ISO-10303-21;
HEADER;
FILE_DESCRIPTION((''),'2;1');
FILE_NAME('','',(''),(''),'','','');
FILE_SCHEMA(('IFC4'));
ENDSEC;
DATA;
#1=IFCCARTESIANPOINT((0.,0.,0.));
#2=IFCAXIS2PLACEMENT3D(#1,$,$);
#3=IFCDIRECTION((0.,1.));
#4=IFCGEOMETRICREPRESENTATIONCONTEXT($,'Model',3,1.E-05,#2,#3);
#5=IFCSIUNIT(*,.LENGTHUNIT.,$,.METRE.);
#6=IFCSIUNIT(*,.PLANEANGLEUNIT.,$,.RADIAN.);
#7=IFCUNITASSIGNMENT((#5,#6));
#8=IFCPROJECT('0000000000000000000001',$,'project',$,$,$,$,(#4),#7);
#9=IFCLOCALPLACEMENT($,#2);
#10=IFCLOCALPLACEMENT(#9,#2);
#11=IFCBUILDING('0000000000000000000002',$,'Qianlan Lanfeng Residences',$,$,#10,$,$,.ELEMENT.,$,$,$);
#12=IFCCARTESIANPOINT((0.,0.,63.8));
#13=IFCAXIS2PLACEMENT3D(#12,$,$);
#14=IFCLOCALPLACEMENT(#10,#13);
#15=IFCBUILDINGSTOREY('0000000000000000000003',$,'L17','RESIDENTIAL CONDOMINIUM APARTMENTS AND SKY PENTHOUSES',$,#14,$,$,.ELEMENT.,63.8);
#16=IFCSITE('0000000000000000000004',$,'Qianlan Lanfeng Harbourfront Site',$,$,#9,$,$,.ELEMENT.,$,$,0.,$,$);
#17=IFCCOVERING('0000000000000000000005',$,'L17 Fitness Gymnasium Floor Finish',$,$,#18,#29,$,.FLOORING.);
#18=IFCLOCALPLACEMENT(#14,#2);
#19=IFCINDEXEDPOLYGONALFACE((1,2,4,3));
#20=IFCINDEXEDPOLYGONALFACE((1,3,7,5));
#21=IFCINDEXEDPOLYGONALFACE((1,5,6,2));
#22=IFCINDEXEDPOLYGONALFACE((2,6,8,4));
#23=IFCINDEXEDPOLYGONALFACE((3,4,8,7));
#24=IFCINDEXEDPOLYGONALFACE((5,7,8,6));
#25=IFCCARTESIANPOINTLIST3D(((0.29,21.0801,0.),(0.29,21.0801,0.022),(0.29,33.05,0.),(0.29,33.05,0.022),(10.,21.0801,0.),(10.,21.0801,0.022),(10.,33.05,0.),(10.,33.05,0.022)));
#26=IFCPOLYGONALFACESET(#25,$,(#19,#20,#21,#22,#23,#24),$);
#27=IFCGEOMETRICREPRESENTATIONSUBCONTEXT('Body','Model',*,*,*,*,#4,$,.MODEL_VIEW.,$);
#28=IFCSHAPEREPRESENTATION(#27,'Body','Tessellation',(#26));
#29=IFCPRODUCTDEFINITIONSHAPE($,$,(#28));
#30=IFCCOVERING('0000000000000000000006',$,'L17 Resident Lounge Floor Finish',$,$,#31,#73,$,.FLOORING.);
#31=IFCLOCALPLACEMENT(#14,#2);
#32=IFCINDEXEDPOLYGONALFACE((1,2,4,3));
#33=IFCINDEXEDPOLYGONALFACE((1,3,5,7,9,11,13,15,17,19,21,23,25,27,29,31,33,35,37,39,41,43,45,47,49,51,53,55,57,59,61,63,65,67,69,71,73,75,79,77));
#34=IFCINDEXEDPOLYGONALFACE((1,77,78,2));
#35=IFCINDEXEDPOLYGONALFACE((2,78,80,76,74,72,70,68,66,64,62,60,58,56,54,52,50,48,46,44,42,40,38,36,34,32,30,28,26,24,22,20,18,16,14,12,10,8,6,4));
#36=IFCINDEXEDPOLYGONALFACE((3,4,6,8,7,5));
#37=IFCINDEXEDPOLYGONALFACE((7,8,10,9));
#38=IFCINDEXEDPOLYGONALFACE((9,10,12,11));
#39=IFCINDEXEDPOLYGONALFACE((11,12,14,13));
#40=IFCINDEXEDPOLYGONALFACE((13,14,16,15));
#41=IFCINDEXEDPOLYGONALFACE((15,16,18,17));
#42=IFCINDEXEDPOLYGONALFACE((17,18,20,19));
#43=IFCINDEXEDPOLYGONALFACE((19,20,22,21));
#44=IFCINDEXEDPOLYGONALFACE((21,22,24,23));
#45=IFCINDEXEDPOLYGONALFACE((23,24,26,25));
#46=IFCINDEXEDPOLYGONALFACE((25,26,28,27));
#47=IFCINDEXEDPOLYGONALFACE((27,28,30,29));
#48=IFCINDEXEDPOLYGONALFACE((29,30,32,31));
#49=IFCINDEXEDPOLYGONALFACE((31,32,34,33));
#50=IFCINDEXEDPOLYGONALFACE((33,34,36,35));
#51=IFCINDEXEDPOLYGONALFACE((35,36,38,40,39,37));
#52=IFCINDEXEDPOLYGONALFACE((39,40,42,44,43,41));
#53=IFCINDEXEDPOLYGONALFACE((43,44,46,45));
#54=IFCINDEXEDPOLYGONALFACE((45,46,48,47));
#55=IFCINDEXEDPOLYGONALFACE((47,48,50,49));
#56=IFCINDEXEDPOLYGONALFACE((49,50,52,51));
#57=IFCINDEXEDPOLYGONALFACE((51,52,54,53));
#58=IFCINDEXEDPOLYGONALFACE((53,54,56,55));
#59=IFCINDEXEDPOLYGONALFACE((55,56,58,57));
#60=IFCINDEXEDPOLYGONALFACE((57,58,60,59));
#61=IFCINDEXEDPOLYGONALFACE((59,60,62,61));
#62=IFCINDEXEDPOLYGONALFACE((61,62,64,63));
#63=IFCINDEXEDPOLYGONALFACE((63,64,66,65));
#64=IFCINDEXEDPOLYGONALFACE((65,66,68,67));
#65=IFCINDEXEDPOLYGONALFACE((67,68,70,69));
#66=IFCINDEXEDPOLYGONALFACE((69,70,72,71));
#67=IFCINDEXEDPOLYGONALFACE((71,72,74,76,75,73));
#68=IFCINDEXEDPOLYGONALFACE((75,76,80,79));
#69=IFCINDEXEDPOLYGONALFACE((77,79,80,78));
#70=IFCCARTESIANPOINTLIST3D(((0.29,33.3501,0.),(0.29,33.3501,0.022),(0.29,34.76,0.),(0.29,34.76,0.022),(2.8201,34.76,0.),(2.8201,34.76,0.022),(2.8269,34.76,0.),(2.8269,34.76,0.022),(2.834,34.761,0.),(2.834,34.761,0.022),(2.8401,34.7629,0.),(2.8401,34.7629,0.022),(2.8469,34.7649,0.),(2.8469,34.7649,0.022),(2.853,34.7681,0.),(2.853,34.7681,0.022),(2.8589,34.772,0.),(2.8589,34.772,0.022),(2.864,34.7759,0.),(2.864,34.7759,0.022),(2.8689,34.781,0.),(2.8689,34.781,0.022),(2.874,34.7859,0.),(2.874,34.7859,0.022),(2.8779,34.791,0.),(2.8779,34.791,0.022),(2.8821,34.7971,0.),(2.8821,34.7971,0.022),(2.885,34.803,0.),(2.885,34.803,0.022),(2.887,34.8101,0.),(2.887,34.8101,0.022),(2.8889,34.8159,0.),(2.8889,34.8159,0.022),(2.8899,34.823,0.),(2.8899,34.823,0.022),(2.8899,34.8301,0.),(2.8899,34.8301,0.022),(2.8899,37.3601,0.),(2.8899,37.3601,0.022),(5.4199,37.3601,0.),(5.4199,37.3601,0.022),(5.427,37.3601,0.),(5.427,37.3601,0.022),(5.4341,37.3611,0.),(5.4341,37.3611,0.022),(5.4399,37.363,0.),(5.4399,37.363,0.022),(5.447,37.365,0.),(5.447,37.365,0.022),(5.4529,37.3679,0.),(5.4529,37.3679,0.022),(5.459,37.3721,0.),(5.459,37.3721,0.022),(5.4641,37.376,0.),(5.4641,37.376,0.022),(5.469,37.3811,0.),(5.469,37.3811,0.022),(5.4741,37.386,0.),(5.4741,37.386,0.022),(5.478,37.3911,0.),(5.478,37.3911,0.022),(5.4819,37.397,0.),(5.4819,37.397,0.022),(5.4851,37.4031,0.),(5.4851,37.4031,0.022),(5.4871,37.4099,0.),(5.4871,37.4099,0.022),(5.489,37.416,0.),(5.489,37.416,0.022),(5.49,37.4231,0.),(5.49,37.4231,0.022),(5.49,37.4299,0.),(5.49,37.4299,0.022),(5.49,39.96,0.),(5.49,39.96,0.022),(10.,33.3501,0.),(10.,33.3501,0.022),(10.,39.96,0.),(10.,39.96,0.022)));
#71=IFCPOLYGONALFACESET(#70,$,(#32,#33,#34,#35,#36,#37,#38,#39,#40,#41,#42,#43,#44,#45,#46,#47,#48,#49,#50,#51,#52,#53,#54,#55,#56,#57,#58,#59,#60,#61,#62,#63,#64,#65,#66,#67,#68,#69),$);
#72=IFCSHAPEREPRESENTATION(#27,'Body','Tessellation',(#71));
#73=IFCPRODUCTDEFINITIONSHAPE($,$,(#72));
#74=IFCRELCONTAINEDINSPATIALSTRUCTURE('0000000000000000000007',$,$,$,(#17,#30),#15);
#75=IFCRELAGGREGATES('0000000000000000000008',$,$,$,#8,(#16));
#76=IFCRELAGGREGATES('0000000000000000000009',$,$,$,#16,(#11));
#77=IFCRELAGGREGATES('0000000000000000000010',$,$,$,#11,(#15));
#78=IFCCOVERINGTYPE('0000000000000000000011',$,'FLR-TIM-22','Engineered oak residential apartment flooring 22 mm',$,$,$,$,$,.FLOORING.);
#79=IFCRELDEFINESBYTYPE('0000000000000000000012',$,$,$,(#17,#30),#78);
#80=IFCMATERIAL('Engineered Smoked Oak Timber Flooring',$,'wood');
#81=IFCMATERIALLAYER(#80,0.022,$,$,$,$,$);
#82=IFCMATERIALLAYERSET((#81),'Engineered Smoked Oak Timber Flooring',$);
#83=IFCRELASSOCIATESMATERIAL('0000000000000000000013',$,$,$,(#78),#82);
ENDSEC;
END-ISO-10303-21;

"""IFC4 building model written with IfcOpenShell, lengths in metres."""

from ifc_helpers import new_model, si_unit, direction, frame, origin, place, context, subcontext, project, spatial, polyline, outline, extrude, material, layer, layer_set, type_object, element, save


model = new_model("IFC4")

# Units and contexts
model_context = context("Model", 3, precision=1e-05, world=origin(), true_north=direction((0.0, 1.0)))
body_context = subcontext(model_context, "Body", "Model", "MODEL_VIEW")
ifc_project = project(units=[si_unit("LENGTHUNIT", "METRE"), si_unit("PLANEANGLEUNIT", "RADIAN")], contexts=[model_context])

# Site, building, storey
site_placement = place(None, origin())
site = spatial("IfcSite", under=ifc_project, at=site_placement, Name="Qianlan Lanfeng Harbourfront Site", CompositionType="ELEMENT", RefElevation=0.0)
building_placement = place(site_placement, origin())
building = spatial("IfcBuilding", under=site, at=building_placement, Name="Qianlan Lanfeng Residences", CompositionType="ELEMENT")
storey_placement = place(building_placement, frame((0.0, 0.0, 63.8)))
storey = spatial("IfcBuildingStorey", under=building, at=storey_placement, Name="L17", Description="RESIDENTIAL CONDOMINIUM APARTMENTS AND SKY PENTHOUSES", CompositionType="ELEMENT", Elevation=63.8)

# Coverings
ifc_material_1 = material(Name="Engineered Smoked Oak Timber Flooring", Category="wood")
ifc_layer_1 = layer(ifc_material_1, 0.022)
ifc_layer_set_1 = layer_set([ifc_layer_1], Name="Engineered Smoked Oak Timber Flooring")
covering_type_1 = type_object("IfcCoveringType", Name="FLR-TIM-22", Description="Engineered oak residential apartment flooring 22 mm", PredefinedType="FLOORING", material=ifc_layer_set_1)
covering_1_placement = place(storey_placement, origin())
element("IfcCovering", 1, at=covering_1_placement, inside=storey, type_object=covering_type_1, Name="L17 Fitness Gymnasium Floor Finish", PredefinedType="FLOORING", context=body_context, shape_type="SweptSolid", body=[
    extrude(outline(polyline([(10.0, 33.05), (0.29, 33.05), (0.29, 21.0801), (10.0, 21.0801), (10.0, 33.05)])), origin(), (0.0, 0.0, 1.0), 0.022),
])
covering_2_placement = place(storey_placement, origin())
element("IfcCovering", 2, at=covering_2_placement, inside=storey, type_object=covering_type_1, Name="L17 Resident Lounge Floor Finish", PredefinedType="FLOORING", context=body_context, shape_type="SweptSolid", body=[
    extrude(outline(polyline([(0.29, 33.3501), (10.0, 33.3501), (10.0, 39.96), (5.49, 39.96), (5.49, 37.4299), (5.49, 37.4231), (5.489, 37.416), (5.4871, 37.4099), (5.4851, 37.4031), (5.4819, 37.397), (5.478, 37.3911), (5.4741, 37.386), (5.469, 37.3811), (5.4641, 37.376), (5.459, 37.3721), (5.4529, 37.3679), (5.447, 37.365), (5.4399, 37.363), (5.4341, 37.3611), (5.427, 37.3601), (5.4199, 37.3601), (2.8899, 37.3601), (2.8899, 34.8301), (2.8899, 34.823), (2.8889, 34.8159), (2.887, 34.8101), (2.885, 34.803), (2.8821, 34.7971), (2.8779, 34.791), (2.874, 34.7859), (2.8689, 34.781), (2.864, 34.7759), (2.8589, 34.772), (2.853, 34.7681), (2.8469, 34.7649), (2.8401, 34.7629), (2.834, 34.761), (2.8269, 34.76), (2.8201, 34.76), (0.29, 34.76), (0.29, 33.3501)])), origin(), (0.0, 0.0, 1.0), 0.022),
])

save(model, "model.ifc")
